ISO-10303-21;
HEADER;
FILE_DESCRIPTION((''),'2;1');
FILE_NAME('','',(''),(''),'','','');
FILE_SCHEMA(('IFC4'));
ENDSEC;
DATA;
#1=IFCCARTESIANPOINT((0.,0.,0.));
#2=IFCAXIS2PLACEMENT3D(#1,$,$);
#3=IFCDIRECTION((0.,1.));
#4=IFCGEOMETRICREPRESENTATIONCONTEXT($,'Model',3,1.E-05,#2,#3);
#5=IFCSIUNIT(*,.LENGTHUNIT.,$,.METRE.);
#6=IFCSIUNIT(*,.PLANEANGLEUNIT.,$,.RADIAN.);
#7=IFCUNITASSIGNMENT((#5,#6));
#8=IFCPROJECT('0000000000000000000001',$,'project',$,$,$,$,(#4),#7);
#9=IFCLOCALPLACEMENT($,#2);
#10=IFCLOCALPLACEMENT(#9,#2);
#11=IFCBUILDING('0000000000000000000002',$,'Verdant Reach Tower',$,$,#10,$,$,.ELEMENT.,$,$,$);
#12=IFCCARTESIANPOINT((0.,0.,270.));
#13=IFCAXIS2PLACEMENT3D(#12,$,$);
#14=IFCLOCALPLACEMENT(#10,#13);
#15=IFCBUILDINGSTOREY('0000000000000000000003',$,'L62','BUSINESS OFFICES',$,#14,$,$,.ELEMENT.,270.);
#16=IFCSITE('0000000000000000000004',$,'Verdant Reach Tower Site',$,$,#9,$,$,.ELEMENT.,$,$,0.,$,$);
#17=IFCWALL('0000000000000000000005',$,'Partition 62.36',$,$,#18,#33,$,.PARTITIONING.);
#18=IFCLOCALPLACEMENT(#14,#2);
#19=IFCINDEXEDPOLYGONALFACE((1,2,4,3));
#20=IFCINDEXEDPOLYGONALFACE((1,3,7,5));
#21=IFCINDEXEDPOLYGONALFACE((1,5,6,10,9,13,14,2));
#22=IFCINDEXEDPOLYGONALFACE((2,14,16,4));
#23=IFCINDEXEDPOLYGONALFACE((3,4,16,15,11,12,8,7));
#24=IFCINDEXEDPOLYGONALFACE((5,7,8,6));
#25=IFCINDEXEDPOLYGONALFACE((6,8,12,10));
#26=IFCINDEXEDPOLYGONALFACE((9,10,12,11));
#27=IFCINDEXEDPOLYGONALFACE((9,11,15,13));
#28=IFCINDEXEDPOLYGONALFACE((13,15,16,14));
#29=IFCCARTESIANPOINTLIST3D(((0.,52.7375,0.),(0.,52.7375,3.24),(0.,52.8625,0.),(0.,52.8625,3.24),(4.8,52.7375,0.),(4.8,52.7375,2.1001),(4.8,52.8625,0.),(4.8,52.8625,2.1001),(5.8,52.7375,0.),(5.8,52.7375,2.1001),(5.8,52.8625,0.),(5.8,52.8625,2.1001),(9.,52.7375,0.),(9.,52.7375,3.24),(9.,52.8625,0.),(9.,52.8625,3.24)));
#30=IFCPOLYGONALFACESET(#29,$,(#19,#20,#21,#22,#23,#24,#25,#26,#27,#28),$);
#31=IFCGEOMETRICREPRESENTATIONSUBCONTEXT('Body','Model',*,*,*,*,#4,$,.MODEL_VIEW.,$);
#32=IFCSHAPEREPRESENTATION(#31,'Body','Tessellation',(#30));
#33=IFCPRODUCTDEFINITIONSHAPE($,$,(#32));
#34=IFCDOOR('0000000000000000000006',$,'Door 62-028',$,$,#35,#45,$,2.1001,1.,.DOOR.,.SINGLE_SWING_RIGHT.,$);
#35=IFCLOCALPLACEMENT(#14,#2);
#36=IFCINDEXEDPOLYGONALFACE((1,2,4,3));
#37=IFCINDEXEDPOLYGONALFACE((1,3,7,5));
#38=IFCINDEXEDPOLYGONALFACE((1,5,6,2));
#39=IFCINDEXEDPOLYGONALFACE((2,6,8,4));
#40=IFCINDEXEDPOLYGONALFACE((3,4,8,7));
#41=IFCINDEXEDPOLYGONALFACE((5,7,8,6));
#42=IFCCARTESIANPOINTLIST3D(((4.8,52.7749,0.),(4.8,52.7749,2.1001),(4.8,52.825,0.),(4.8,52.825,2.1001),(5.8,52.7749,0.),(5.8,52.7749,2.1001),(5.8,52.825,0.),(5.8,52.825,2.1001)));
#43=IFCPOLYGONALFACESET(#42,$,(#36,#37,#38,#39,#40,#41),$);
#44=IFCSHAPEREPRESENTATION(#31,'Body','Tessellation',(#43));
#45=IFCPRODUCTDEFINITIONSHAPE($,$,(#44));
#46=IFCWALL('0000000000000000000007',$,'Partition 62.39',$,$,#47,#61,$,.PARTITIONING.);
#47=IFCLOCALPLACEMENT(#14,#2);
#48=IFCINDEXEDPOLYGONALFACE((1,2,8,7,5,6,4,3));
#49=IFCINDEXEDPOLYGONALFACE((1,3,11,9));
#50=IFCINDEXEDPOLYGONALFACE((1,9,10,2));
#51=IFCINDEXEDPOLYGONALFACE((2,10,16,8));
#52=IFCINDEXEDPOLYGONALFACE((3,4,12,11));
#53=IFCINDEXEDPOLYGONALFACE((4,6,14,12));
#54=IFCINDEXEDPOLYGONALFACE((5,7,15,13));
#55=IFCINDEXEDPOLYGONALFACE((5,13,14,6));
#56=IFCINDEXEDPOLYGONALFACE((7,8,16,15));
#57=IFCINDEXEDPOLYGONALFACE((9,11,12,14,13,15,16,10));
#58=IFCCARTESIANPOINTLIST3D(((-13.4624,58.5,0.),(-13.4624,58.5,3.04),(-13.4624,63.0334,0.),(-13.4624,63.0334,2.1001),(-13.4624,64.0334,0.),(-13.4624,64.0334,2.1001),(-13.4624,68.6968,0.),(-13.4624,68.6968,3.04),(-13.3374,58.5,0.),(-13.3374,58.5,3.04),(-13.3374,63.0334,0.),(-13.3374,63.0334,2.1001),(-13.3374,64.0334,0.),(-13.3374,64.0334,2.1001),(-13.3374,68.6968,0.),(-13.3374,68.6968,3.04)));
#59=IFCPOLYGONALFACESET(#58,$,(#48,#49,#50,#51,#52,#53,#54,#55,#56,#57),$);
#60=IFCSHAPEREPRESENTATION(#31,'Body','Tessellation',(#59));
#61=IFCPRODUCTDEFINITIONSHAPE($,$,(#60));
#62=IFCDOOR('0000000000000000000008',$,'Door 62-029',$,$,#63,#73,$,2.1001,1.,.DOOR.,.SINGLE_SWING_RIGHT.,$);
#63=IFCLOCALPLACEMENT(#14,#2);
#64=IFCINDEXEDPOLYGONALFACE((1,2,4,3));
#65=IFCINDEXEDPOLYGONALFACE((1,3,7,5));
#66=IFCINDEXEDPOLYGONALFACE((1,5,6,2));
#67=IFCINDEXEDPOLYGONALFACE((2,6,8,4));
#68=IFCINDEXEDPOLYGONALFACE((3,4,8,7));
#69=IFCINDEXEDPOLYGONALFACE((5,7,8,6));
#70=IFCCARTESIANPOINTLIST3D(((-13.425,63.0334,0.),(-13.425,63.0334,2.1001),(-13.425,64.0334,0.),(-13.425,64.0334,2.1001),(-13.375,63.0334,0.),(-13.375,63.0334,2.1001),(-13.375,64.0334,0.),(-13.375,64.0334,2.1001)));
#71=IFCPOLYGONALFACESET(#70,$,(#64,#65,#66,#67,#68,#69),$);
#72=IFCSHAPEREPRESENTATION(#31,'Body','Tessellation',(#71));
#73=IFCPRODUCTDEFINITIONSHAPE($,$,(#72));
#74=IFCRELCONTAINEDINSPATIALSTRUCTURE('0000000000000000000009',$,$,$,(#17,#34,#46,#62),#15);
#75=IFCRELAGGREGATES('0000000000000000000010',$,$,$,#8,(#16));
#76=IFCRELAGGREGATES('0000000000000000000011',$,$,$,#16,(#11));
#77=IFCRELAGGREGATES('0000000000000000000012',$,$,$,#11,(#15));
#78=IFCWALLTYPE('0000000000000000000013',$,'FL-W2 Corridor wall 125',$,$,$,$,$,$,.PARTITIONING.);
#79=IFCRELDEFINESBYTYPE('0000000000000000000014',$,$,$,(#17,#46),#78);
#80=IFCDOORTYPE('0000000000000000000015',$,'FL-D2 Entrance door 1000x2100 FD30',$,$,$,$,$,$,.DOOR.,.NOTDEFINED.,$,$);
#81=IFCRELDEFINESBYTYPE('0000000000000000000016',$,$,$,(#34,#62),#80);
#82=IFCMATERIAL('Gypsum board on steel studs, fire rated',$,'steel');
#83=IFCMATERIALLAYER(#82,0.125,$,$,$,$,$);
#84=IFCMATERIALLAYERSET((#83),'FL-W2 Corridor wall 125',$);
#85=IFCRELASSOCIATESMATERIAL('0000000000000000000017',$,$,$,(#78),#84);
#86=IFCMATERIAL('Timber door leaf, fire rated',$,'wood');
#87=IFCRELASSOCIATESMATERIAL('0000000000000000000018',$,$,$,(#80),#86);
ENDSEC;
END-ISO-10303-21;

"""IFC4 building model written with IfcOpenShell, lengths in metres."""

from ifc_helpers import new_model, si_unit, direction, frame, frame_2d, origin, place, context, subcontext, project, spatial, rectangle, extrude, material, layer, layer_set, type_object, element, fill, save


model = new_model("IFC4")

# Units and contexts
model_context = context("Model", 3, precision=1e-05, world=origin(), true_north=direction((0.0, 1.0)))
body_context = subcontext(model_context, "Body", "Model", "MODEL_VIEW")
ifc_project = project(units=[si_unit("LENGTHUNIT", "METRE"), si_unit("PLANEANGLEUNIT", "RADIAN")], contexts=[model_context])

# Site, building, storey
site_placement = place(None, origin())
site = spatial("IfcSite", under=ifc_project, at=site_placement, Name="Verdant Reach Tower Site", CompositionType="ELEMENT", RefElevation=0.0)
building_placement = place(site_placement, origin())
building = spatial("IfcBuilding", under=site, at=building_placement, Name="Verdant Reach Tower", CompositionType="ELEMENT")
storey_placement = place(building_placement, frame((0.0, 0.0, 270.0)))
storey = spatial("IfcBuildingStorey", under=building, at=storey_placement, Name="L62", Description="BUSINESS OFFICES", CompositionType="ELEMENT", Elevation=270.0)

# Shared definitions
ifc_material_1 = material(Name="Gypsum board on steel studs, fire rated", Category="steel")
ifc_layer_1 = layer(ifc_material_1, 0.125)
ifc_layer_set_1 = layer_set([ifc_layer_1], Name="FL-W2 Corridor wall 125")
wall_type_1 = type_object("IfcWallType", Name="FL-W2 Corridor wall 125", PredefinedType="PARTITIONING", material=ifc_layer_set_1)

# Shared definitions
ifc_material_2 = material(Name="Timber door leaf, fire rated", Category="wood")
door_type_1 = type_object("IfcDoorType", Name="FL-D2 Entrance door 1000x2100 FD30", OperationType="NOTDEFINED", PredefinedType="DOOR", material=ifc_material_2)

# Walls, openings, doors
wall_1_placement = place(storey_placement, frame((0.0, 52.8, 0.0), z_axis=(0.0, 0.0, 1.0), x_axis=(1.0, 0.0, 0.0)))
wall_1 = element("IfcWall", 1, at=wall_1_placement, inside=storey, type_object=wall_type_1, Name="Partition 62.36", PredefinedType="PARTITIONING", context=body_context, shape_type="SweptSolid", body=[
    extrude(rectangle(XDim=9.0, YDim=0.125, at=frame_2d((4.5, 0.0))), origin(), (0.0, 0.0, 1.0), 3.24),
])
opening_1_placement = place(wall_1_placement, frame((4.8, 0.0, 0.0)))
opening_1 = element("IfcOpeningElement", 2, at=opening_1_placement, cuts=wall_1, PredefinedType="OPENING", context=body_context, shape_type="SweptSolid", body=[
    extrude(rectangle(XDim=1.0, YDim=2.1001, at=frame_2d((0.5, 1.05))), frame((0.0, 0.0725, 0.0), z_axis=(0.0, -1.0, 0.0), x_axis=(1.0, 0.0, 0.0)), (0.0, 0.0, 1.0), 0.145),
])
door_1_placement = place(opening_1_placement, origin())
door_1 = element("IfcDoor", 3, at=door_1_placement, inside=storey, type_object=door_type_1, Name="Door 62-028", OperationType="SINGLE_SWING_RIGHT", OverallHeight=2.1001, OverallWidth=1.0, PredefinedType="DOOR", context=body_context, shape_type="SweptSolid", body=[
    extrude(rectangle(XDim=1.0, YDim=2.1001, at=frame_2d((0.5, 1.05))), frame((0.0, 0.0249, 0.0), z_axis=(0.0, -1.0, 0.0), x_axis=(1.0, 0.0, 0.0)), (0.0, 0.0, 1.0), 0.05),
])
fill(opening_1, door_1)
wall_2_placement = place(storey_placement, frame((-13.3999, 68.6968, 0.0), z_axis=(0.0, 0.0, 1.0), x_axis=(0.0, -1.0, 0.0)))
wall_2 = element("IfcWall", 4, at=wall_2_placement, inside=storey, type_object=wall_type_1, Name="Partition 62.39", PredefinedType="PARTITIONING", context=body_context, shape_type="SweptSolid", body=[
    extrude(rectangle(XDim=10.1968, YDim=0.125, at=frame_2d((5.0984, 0.0))), origin(), (0.0, 0.0, 1.0), 3.04),
])
opening_2_placement = place(wall_2_placement, frame((4.6633, 0.0, 0.0)))
opening_2 = element("IfcOpeningElement", 5, at=opening_2_placement, cuts=wall_2, PredefinedType="OPENING", context=body_context, shape_type="SweptSolid", body=[
    extrude(rectangle(XDim=1.0, YDim=2.1001, at=frame_2d((0.5, 1.05))), frame((0.0, 0.0725, 0.0), z_axis=(0.0, -1.0, 0.0), x_axis=(1.0, 0.0, 0.0)), (0.0, 0.0, 1.0), 0.145),
])
door_2_placement = place(opening_2_placement, origin())
door_2 = element("IfcDoor", 6, at=door_2_placement, inside=storey, type_object=door_type_1, Name="Door 62-029", OperationType="SINGLE_SWING_RIGHT", OverallHeight=2.1001, OverallWidth=1.0, PredefinedType="DOOR", context=body_context, shape_type="SweptSolid", body=[
    extrude(rectangle(XDim=1.0, YDim=2.1001, at=frame_2d((0.5, 1.05))), frame((0.0, 0.0249, 0.0), z_axis=(0.0, -1.0, 0.0), x_axis=(1.0, 0.0, 0.0)), (0.0, 0.0, 1.0), 0.05),
])
fill(opening_2, door_2)

save(model, "model.ifc")
